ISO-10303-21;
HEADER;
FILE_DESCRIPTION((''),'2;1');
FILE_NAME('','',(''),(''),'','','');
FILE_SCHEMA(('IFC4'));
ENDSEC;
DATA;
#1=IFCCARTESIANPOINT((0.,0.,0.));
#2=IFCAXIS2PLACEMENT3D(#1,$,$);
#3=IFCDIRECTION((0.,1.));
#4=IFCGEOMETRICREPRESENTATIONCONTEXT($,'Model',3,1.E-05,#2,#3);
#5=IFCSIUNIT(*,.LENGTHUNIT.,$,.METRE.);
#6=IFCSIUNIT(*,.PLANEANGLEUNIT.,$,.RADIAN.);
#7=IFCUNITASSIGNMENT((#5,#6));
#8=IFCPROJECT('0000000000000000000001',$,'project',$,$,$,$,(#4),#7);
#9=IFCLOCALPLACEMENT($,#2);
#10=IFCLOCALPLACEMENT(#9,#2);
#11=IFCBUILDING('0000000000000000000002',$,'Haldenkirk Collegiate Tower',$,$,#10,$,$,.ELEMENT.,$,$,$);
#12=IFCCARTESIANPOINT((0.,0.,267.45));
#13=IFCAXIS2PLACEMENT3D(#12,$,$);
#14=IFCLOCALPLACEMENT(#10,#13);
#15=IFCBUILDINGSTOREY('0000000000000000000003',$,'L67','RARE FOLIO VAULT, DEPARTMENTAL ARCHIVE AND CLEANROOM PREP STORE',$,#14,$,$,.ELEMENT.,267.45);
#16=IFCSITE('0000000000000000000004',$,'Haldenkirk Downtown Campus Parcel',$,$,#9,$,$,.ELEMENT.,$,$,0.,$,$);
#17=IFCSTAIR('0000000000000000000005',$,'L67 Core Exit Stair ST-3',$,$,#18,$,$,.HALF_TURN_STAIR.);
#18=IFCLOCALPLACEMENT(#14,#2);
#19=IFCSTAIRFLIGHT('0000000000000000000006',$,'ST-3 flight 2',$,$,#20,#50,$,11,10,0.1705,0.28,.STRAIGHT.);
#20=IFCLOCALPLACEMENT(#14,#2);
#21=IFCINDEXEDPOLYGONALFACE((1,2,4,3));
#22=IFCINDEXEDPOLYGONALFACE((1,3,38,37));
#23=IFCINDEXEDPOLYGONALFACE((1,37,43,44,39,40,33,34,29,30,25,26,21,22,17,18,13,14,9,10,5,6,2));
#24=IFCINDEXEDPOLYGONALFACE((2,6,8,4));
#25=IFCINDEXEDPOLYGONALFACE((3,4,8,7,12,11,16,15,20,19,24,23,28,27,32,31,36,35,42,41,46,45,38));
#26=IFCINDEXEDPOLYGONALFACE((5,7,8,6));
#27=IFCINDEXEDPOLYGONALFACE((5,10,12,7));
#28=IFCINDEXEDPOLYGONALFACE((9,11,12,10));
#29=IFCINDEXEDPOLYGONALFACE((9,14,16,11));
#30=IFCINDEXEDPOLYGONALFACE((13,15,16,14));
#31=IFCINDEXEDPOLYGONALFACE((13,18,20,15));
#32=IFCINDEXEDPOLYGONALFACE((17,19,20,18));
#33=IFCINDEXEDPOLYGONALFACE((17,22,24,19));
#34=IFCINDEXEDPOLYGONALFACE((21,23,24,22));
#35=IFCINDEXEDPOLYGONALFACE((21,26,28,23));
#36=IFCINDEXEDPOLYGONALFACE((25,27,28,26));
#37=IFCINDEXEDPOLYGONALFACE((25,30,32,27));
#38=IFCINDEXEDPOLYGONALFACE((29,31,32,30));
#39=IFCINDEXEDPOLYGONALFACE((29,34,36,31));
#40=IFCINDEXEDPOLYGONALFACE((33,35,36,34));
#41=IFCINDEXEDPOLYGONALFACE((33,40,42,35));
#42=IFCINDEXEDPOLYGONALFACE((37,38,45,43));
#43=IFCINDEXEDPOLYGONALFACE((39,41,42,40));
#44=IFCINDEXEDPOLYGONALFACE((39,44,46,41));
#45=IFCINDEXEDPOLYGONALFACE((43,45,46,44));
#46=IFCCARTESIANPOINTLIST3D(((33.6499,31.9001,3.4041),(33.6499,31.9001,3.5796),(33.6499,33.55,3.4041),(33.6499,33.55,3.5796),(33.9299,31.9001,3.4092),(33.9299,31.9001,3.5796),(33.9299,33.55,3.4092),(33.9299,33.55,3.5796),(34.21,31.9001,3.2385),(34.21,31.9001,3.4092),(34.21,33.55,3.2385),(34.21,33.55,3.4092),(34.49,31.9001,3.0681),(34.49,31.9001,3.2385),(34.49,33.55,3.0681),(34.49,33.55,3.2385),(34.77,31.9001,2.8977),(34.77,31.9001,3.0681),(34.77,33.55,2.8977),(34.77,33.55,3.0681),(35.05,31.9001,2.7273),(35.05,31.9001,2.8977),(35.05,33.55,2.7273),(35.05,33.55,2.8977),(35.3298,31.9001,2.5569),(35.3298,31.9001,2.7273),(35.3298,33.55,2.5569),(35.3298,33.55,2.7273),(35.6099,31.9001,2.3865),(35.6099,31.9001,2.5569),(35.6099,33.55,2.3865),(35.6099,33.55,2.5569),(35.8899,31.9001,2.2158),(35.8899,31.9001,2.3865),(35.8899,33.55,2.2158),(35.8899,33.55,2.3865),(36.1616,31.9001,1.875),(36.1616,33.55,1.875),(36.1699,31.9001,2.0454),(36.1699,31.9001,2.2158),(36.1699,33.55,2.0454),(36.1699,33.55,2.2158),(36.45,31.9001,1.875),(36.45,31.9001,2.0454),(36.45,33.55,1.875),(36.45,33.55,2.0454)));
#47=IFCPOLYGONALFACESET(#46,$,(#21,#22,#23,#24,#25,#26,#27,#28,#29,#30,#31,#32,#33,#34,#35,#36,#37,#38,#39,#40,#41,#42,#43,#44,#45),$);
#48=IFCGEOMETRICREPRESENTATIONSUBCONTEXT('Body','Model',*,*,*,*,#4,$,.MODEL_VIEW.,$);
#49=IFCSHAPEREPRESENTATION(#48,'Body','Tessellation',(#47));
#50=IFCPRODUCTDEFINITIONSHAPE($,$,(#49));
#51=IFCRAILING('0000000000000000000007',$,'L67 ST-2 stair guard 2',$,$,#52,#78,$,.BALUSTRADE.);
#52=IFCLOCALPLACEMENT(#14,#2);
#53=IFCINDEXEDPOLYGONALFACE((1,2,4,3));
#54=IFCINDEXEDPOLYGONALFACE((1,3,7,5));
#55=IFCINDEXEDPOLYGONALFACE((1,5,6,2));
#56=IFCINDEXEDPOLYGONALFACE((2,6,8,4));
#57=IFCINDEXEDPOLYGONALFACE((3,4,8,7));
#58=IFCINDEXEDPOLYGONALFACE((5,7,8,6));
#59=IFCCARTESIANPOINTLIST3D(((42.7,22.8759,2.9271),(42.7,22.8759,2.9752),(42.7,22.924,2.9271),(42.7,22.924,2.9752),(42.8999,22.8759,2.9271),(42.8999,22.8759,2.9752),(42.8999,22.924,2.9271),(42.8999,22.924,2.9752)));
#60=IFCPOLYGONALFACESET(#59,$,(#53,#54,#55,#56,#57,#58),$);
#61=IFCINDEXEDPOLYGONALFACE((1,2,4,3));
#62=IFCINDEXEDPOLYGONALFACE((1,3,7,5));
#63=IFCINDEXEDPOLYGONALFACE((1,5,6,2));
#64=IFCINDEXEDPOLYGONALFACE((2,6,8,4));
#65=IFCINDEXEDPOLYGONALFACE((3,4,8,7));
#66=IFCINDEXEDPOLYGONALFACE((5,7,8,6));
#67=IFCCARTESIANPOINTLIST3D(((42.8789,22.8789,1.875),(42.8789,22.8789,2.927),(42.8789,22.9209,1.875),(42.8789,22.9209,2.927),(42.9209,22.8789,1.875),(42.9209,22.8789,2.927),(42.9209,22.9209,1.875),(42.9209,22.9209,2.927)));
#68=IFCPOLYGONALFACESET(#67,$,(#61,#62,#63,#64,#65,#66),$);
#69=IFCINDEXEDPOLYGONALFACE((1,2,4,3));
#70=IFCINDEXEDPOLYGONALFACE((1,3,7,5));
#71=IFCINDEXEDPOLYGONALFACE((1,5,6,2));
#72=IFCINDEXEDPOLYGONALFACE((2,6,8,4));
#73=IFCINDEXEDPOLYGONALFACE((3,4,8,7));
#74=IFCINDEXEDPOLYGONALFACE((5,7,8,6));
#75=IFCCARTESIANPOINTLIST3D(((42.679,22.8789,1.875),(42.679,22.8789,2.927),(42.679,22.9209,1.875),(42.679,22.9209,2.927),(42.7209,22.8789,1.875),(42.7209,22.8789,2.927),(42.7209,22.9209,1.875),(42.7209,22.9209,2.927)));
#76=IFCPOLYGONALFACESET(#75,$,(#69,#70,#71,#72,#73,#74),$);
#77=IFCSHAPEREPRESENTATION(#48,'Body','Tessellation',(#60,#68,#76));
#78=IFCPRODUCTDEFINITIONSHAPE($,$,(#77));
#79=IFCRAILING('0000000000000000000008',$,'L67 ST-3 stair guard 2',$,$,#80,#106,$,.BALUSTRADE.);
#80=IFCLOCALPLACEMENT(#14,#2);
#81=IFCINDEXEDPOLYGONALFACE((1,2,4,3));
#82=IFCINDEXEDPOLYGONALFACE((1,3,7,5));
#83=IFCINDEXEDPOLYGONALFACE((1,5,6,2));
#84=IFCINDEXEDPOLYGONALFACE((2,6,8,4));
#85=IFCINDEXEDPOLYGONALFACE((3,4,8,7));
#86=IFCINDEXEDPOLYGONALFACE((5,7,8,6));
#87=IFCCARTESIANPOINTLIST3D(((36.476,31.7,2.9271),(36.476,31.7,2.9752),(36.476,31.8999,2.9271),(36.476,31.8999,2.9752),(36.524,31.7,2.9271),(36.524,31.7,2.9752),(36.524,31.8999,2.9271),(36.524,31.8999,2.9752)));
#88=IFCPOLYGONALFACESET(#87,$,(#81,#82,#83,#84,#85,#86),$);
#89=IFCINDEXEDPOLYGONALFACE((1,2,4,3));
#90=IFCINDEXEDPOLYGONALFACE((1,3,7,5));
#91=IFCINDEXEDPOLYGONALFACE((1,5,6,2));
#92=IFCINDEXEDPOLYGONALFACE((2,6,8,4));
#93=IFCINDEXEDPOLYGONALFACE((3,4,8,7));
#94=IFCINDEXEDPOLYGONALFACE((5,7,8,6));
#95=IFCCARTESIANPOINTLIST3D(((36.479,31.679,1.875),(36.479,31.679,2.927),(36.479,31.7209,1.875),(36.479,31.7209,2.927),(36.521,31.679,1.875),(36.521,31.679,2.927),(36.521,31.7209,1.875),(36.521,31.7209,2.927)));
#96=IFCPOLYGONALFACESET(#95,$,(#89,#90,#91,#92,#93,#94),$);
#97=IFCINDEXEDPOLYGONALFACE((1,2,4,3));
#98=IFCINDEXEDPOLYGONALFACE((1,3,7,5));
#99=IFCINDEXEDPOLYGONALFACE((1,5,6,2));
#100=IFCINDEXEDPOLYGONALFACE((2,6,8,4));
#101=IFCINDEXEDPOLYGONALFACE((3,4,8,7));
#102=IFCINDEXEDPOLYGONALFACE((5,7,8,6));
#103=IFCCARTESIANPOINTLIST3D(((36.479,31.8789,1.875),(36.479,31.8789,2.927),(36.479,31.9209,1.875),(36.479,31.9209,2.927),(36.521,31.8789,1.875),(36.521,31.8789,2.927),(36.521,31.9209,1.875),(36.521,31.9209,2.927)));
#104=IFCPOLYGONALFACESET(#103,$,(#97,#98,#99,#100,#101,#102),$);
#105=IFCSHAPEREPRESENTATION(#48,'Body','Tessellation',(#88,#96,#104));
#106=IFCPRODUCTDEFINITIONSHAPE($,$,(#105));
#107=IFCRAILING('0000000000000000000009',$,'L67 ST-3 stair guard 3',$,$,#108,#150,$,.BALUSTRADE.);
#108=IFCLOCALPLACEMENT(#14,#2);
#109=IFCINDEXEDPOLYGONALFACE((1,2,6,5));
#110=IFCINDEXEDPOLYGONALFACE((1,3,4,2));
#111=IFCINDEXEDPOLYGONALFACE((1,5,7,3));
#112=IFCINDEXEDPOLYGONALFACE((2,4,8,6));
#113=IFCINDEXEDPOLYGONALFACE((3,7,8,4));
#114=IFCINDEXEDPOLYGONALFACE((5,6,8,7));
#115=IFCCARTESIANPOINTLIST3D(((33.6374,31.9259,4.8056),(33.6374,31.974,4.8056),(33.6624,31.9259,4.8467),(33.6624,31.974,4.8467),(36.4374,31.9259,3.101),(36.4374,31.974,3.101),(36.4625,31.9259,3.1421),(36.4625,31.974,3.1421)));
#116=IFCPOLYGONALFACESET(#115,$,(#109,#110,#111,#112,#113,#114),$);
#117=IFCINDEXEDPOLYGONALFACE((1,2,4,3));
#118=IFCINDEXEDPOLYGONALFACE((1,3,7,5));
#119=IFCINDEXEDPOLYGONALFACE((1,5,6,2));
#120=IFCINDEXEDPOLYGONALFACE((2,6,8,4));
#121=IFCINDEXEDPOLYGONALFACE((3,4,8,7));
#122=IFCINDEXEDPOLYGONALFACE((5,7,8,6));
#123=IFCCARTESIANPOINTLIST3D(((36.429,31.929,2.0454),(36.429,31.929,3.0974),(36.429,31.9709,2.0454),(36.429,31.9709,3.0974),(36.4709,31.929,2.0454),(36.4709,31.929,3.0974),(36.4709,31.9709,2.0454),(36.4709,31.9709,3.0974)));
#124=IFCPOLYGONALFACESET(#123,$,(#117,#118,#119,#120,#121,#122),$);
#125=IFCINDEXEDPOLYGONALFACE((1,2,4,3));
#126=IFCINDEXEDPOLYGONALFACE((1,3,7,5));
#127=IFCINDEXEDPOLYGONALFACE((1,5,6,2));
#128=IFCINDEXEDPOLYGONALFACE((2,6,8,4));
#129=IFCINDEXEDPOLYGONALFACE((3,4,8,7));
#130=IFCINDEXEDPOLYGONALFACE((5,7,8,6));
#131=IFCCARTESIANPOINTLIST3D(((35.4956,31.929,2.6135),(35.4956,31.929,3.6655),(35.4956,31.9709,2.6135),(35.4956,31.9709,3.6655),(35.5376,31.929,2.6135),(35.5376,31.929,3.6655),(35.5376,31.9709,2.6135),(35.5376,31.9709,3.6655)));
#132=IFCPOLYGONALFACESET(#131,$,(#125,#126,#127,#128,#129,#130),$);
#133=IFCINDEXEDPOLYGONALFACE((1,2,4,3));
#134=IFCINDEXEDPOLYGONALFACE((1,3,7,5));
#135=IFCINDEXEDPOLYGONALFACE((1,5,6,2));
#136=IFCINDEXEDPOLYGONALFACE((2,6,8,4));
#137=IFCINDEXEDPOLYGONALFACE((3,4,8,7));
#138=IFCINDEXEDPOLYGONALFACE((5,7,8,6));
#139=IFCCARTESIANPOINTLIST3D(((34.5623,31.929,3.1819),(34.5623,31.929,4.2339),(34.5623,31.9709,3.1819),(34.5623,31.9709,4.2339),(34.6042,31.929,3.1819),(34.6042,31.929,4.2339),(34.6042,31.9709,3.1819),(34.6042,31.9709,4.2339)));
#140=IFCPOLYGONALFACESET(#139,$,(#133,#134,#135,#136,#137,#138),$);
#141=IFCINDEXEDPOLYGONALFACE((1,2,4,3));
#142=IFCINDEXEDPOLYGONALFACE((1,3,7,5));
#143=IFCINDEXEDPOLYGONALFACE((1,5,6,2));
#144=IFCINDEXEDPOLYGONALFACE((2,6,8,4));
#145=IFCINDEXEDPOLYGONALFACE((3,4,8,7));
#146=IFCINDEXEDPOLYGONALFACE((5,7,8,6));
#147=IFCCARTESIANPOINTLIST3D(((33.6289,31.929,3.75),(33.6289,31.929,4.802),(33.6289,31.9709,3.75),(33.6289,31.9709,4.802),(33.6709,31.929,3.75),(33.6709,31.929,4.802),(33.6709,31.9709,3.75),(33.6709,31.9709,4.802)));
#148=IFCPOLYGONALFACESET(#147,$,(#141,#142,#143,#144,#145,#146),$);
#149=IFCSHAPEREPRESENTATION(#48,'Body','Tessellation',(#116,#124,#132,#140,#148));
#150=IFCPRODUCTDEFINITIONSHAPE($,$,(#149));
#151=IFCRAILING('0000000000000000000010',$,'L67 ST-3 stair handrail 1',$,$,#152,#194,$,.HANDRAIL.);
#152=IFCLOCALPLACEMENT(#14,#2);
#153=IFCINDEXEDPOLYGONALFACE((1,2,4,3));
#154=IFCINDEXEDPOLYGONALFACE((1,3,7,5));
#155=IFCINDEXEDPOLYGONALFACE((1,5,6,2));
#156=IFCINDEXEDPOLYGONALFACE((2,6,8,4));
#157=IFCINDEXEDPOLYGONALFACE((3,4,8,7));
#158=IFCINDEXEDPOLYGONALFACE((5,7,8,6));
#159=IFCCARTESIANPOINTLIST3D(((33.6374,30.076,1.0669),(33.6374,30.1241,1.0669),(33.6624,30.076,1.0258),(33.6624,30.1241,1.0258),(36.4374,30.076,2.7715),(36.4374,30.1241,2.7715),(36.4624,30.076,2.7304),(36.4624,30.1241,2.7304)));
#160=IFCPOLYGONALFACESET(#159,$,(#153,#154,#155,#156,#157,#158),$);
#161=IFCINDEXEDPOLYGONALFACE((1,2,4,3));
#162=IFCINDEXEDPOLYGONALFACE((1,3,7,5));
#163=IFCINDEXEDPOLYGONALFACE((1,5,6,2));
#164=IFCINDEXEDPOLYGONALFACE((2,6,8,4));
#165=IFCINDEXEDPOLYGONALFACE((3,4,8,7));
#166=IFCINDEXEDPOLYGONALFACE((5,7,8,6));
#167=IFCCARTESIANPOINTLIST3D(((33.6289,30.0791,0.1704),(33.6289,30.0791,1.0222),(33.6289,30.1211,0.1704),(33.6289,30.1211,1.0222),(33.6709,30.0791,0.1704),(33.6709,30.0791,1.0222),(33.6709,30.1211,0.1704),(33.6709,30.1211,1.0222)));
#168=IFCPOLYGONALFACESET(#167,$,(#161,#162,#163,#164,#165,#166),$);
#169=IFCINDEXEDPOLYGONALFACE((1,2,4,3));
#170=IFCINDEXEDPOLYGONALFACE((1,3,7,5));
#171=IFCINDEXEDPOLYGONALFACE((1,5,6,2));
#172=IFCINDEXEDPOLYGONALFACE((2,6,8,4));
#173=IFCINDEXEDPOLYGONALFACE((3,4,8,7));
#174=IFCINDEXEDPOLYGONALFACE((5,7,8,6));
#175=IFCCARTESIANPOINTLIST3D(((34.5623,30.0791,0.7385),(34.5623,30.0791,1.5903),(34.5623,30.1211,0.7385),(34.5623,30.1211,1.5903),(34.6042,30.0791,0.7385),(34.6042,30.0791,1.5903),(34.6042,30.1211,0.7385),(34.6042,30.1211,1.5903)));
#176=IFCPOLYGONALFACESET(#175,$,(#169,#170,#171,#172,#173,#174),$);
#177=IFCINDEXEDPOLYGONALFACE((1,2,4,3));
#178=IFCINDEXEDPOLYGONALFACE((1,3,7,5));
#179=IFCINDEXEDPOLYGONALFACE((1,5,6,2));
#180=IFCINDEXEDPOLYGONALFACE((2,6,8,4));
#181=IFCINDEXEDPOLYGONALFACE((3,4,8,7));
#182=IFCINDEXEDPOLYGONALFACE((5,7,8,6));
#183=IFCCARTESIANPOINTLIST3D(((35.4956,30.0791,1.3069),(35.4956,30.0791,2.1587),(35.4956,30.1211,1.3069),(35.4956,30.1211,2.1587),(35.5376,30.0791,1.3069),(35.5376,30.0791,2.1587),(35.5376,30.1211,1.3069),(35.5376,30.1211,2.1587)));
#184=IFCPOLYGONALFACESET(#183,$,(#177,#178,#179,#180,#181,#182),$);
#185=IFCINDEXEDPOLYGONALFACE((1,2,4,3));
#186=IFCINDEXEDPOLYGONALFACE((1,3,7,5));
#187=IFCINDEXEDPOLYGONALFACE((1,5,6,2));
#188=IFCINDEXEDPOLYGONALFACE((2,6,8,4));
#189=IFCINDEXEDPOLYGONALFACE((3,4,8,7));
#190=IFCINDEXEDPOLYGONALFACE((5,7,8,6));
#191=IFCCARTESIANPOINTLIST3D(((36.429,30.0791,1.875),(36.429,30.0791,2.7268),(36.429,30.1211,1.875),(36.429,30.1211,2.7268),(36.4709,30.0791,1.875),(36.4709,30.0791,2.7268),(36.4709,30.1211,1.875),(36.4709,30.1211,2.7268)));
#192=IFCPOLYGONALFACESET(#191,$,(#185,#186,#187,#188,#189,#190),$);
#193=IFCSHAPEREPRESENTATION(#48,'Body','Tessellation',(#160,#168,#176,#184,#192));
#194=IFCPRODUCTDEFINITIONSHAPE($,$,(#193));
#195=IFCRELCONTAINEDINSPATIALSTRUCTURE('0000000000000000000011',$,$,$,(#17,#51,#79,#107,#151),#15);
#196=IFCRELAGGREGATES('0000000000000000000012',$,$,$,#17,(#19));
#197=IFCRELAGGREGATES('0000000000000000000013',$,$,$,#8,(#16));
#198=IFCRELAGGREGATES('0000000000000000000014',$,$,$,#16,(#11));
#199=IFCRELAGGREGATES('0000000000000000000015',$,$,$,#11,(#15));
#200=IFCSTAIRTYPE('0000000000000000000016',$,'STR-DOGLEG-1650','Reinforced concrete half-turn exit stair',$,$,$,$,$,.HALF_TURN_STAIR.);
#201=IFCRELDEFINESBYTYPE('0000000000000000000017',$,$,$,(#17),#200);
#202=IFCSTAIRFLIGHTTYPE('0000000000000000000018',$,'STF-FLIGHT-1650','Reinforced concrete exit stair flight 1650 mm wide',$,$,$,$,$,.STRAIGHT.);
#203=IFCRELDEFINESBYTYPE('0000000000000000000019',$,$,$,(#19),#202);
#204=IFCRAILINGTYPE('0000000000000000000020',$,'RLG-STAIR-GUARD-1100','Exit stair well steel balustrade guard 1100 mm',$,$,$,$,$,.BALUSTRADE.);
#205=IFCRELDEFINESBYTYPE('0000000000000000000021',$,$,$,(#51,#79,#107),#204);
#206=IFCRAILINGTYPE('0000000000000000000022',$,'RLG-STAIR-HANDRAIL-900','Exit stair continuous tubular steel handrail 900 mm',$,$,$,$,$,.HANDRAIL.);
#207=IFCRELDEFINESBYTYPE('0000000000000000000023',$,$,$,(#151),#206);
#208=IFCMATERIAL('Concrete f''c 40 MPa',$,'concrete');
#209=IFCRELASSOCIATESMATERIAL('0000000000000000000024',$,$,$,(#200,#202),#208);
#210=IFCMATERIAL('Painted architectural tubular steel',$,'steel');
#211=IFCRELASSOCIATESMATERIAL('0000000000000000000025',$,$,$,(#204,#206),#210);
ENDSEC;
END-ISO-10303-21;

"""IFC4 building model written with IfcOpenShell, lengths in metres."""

from ifc_helpers import new_model, si_unit, direction, frame, origin, origin_2d, place, context, subcontext, project, spatial, polyline, rectangle, outline, extrude, material, type_object, element, aggregate, save


model = new_model("IFC4")

# Units and contexts
model_context = context("Model", 3, precision=1e-05, world=origin(), true_north=direction((0.0, 1.0)))
body_context = subcontext(model_context, "Body", "Model", "MODEL_VIEW")
ifc_project = project(units=[si_unit("LENGTHUNIT", "METRE"), si_unit("PLANEANGLEUNIT", "RADIAN")], contexts=[model_context])

# Site, building, storey
site_placement = place(None, origin())
site = spatial("IfcSite", under=ifc_project, at=site_placement, Name="Haldenkirk Downtown Campus Parcel", CompositionType="ELEMENT", RefElevation=0.0)
building_placement = place(site_placement, origin())
building = spatial("IfcBuilding", under=site, at=building_placement, Name="Haldenkirk Collegiate Tower", CompositionType="ELEMENT")
storey_placement = place(building_placement, frame((0.0, 0.0, 267.45)))
storey = spatial("IfcBuildingStorey", under=building, at=storey_placement, Name="L67", Description="RARE FOLIO VAULT, DEPARTMENTAL ARCHIVE AND CLEANROOM PREP STORE", CompositionType="ELEMENT", Elevation=267.45)

# Stair, stair flight
ifc_material_1 = material(Name="Concrete f'c 40 MPa", Category="concrete")
stair_type = type_object("IfcStairType", Name="STR-DOGLEG-1650", Description="Reinforced concrete half-turn exit stair", PredefinedType="HALF_TURN_STAIR", material=ifc_material_1)
stair_placement = place(storey_placement, origin())
stair = element("IfcStair", 1, at=stair_placement, inside=storey, type_object=stair_type, Name="L67 Core Exit Stair ST-3", PredefinedType="HALF_TURN_STAIR")
stair_flight_type = type_object("IfcStairFlightType", Name="STF-FLIGHT-1650", Description="Reinforced concrete exit stair flight 1650 mm wide", PredefinedType="STRAIGHT", material=ifc_material_1)
stair_flight_placement = place(storey_placement, frame((36.45, 32.7251, 1.875), z_axis=(0.0, 0.0, 1.0), x_axis=(-1.0, 0.0, 0.0)))
stair_flight = element("IfcStairFlight", 2, at=stair_flight_placement, type_object=stair_flight_type, Name="ST-3 flight 2", NumberOfRisers=11, NumberOfTreads=10, PredefinedType="STRAIGHT", RiserHeight=0.1705, TreadLength=0.28, context=body_context, shape_type="SweptSolid", body=[
    extrude(outline(polyline([(0.0, 0.0), (0.0, 0.1704), (0.28, 0.1704), (0.28, 0.3408), (0.5601, 0.3408), (0.5601, 0.5115), (0.8401, 0.5115), (0.8401, 0.6819), (1.1201, 0.6819), (1.1201, 0.8523), (1.3999, 0.8523), (1.3999, 1.0227), (1.6799, 1.0227), (1.6799, 1.1931), (1.96, 1.1931), (1.96, 1.3635), (2.24, 1.3635), (2.24, 1.5342), (2.52, 1.5342), (2.52, 1.7046), (2.8, 1.7046), (2.8, 1.875), (2.8, 1.5291), (0.2883, 0.0), (0.0, 0.0)])), frame((0.0, 0.825, 0.0), z_axis=(0.0, -1.0, 0.0), x_axis=(1.0, 0.0, 0.0)), (0.0, 0.0, 1.0), 1.6499),
])
aggregate(stair, [stair_flight])

# Railings
ifc_material_2 = material(Name="Painted architectural tubular steel", Category="steel")
railing_type_1 = type_object("IfcRailingType", Name="RLG-STAIR-GUARD-1100", Description="Exit stair well steel balustrade guard 1100 mm", PredefinedType="BALUSTRADE", material=ifc_material_2)
railing_1_placement = place(storey_placement, frame((42.8999, 22.8999, 1.875)))
element("IfcRailing", 3, at=railing_1_placement, inside=storey, type_object=railing_type_1, Name="L67 ST-2 stair guard 2", PredefinedType="BALUSTRADE", context=body_context, shape_type="SweptSolid", body=[
    extrude(rectangle(XDim=0.0481, YDim=0.0481, at=origin_2d()), frame((0.0, 0.0, 1.0762), z_axis=(-1.0, 0.0, 0.0), x_axis=(0.0, -1.0, 0.0)), (0.0, 0.0, 1.0), 0.2),
    extrude(rectangle(XDim=0.042, YDim=0.042, at=origin_2d()), origin(), (0.0, 0.0, 1.0), 1.052),
    extrude(rectangle(XDim=0.042, YDim=0.042, at=origin_2d()), frame((-0.2, 0.0, 0.0)), (0.0, 0.0, 1.0), 1.052),
])
railing_2_placement = place(storey_placement, frame((36.5, 31.7, 1.875)))
element("IfcRailing", 4, at=railing_2_placement, inside=storey, type_object=railing_type_1, Name="L67 ST-3 stair guard 2", PredefinedType="BALUSTRADE", context=body_context, shape_type="SweptSolid", body=[
    extrude(rectangle(XDim=0.0481, YDim=0.0481, at=origin_2d()), frame((0.0, 0.0, 1.0762), z_axis=(0.0, 1.0, 0.0), x_axis=(-1.0, 0.0, 0.0)), (0.0, 0.0, 1.0), 0.2),
    extrude(rectangle(XDim=0.042, YDim=0.042, at=origin_2d()), origin(), (0.0, 0.0, 1.0), 1.052),
    extrude(rectangle(XDim=0.042, YDim=0.042, at=origin_2d()), frame((0.0, 0.2, 0.0)), (0.0, 0.0, 1.0), 1.052),
])
railing_3_placement = place(storey_placement, frame((36.45, 31.95, 2.0454)))
element("IfcRailing", 5, at=railing_3_placement, inside=storey, type_object=railing_type_1, Name="L67 ST-3 stair guard 3", PredefinedType="BALUSTRADE", context=body_context, shape_type="SweptSolid", body=[
    extrude(rectangle(XDim=0.0481, YDim=0.0481, at=origin_2d()), frame((0.0, 0.0, 1.0762), z_axis=(-0.85417, 0.0, 0.519994), x_axis=(0.0, -1.0, 0.0)), (0.0, 0.0, 1.0), 3.2781),
    extrude(rectangle(XDim=0.042, YDim=0.042, at=origin_2d()), origin(), (0.0, 0.0, 1.0), 1.052),
    extrude(rectangle(XDim=0.042, YDim=0.042, at=origin_2d()), frame((-0.9333, 0.0, 0.5681)), (0.0, 0.0, 1.0), 1.052),
    extrude(rectangle(XDim=0.042, YDim=0.042, at=origin_2d()), frame((-1.8667, 0.0, 1.1365)), (0.0, 0.0, 1.0), 1.052),
    extrude(rectangle(XDim=0.042, YDim=0.042, at=origin_2d()), frame((-2.8, 0.0, 1.7046)), (0.0, 0.0, 1.0), 1.052),
])
railing_type_2 = type_object("IfcRailingType", Name="RLG-STAIR-HANDRAIL-900", Description="Exit stair continuous tubular steel handrail 900 mm", PredefinedType="HANDRAIL", material=ifc_material_2)
railing_4_placement = place(storey_placement, frame((33.6499, 30.1001, 0.1704)))
element("IfcRailing", 6, at=railing_4_placement, inside=storey, type_object=railing_type_2, Name="L67 ST-3 stair handrail 1", PredefinedType="HANDRAIL", context=body_context, shape_type="SweptSolid", body=[
    extrude(rectangle(XDim=0.0481, YDim=0.0481, at=origin_2d()), frame((0.0, 0.0, 0.876), z_axis=(0.85417, 0.0, 0.519994), x_axis=(0.0, 1.0, 0.0)), (0.0, 0.0, 1.0), 3.2781),
    extrude(rectangle(XDim=0.042, YDim=0.042, at=origin_2d()), origin(), (0.0, 0.0, 1.0), 0.8518),
    extrude(rectangle(XDim=0.042, YDim=0.042, at=origin_2d()), frame((0.9333, 0.0, 0.5681)), (0.0, 0.0, 1.0), 0.8518),
    extrude(rectangle(XDim=0.042, YDim=0.042, at=origin_2d()), frame((1.8667, 0.0, 1.1365)), (0.0, 0.0, 1.0), 0.8518),
    extrude(rectangle(XDim=0.042, YDim=0.042, at=origin_2d()), frame((2.8, 0.0, 1.7046)), (0.0, 0.0, 1.0), 0.8518),
])

save(model, "model.ifc")
